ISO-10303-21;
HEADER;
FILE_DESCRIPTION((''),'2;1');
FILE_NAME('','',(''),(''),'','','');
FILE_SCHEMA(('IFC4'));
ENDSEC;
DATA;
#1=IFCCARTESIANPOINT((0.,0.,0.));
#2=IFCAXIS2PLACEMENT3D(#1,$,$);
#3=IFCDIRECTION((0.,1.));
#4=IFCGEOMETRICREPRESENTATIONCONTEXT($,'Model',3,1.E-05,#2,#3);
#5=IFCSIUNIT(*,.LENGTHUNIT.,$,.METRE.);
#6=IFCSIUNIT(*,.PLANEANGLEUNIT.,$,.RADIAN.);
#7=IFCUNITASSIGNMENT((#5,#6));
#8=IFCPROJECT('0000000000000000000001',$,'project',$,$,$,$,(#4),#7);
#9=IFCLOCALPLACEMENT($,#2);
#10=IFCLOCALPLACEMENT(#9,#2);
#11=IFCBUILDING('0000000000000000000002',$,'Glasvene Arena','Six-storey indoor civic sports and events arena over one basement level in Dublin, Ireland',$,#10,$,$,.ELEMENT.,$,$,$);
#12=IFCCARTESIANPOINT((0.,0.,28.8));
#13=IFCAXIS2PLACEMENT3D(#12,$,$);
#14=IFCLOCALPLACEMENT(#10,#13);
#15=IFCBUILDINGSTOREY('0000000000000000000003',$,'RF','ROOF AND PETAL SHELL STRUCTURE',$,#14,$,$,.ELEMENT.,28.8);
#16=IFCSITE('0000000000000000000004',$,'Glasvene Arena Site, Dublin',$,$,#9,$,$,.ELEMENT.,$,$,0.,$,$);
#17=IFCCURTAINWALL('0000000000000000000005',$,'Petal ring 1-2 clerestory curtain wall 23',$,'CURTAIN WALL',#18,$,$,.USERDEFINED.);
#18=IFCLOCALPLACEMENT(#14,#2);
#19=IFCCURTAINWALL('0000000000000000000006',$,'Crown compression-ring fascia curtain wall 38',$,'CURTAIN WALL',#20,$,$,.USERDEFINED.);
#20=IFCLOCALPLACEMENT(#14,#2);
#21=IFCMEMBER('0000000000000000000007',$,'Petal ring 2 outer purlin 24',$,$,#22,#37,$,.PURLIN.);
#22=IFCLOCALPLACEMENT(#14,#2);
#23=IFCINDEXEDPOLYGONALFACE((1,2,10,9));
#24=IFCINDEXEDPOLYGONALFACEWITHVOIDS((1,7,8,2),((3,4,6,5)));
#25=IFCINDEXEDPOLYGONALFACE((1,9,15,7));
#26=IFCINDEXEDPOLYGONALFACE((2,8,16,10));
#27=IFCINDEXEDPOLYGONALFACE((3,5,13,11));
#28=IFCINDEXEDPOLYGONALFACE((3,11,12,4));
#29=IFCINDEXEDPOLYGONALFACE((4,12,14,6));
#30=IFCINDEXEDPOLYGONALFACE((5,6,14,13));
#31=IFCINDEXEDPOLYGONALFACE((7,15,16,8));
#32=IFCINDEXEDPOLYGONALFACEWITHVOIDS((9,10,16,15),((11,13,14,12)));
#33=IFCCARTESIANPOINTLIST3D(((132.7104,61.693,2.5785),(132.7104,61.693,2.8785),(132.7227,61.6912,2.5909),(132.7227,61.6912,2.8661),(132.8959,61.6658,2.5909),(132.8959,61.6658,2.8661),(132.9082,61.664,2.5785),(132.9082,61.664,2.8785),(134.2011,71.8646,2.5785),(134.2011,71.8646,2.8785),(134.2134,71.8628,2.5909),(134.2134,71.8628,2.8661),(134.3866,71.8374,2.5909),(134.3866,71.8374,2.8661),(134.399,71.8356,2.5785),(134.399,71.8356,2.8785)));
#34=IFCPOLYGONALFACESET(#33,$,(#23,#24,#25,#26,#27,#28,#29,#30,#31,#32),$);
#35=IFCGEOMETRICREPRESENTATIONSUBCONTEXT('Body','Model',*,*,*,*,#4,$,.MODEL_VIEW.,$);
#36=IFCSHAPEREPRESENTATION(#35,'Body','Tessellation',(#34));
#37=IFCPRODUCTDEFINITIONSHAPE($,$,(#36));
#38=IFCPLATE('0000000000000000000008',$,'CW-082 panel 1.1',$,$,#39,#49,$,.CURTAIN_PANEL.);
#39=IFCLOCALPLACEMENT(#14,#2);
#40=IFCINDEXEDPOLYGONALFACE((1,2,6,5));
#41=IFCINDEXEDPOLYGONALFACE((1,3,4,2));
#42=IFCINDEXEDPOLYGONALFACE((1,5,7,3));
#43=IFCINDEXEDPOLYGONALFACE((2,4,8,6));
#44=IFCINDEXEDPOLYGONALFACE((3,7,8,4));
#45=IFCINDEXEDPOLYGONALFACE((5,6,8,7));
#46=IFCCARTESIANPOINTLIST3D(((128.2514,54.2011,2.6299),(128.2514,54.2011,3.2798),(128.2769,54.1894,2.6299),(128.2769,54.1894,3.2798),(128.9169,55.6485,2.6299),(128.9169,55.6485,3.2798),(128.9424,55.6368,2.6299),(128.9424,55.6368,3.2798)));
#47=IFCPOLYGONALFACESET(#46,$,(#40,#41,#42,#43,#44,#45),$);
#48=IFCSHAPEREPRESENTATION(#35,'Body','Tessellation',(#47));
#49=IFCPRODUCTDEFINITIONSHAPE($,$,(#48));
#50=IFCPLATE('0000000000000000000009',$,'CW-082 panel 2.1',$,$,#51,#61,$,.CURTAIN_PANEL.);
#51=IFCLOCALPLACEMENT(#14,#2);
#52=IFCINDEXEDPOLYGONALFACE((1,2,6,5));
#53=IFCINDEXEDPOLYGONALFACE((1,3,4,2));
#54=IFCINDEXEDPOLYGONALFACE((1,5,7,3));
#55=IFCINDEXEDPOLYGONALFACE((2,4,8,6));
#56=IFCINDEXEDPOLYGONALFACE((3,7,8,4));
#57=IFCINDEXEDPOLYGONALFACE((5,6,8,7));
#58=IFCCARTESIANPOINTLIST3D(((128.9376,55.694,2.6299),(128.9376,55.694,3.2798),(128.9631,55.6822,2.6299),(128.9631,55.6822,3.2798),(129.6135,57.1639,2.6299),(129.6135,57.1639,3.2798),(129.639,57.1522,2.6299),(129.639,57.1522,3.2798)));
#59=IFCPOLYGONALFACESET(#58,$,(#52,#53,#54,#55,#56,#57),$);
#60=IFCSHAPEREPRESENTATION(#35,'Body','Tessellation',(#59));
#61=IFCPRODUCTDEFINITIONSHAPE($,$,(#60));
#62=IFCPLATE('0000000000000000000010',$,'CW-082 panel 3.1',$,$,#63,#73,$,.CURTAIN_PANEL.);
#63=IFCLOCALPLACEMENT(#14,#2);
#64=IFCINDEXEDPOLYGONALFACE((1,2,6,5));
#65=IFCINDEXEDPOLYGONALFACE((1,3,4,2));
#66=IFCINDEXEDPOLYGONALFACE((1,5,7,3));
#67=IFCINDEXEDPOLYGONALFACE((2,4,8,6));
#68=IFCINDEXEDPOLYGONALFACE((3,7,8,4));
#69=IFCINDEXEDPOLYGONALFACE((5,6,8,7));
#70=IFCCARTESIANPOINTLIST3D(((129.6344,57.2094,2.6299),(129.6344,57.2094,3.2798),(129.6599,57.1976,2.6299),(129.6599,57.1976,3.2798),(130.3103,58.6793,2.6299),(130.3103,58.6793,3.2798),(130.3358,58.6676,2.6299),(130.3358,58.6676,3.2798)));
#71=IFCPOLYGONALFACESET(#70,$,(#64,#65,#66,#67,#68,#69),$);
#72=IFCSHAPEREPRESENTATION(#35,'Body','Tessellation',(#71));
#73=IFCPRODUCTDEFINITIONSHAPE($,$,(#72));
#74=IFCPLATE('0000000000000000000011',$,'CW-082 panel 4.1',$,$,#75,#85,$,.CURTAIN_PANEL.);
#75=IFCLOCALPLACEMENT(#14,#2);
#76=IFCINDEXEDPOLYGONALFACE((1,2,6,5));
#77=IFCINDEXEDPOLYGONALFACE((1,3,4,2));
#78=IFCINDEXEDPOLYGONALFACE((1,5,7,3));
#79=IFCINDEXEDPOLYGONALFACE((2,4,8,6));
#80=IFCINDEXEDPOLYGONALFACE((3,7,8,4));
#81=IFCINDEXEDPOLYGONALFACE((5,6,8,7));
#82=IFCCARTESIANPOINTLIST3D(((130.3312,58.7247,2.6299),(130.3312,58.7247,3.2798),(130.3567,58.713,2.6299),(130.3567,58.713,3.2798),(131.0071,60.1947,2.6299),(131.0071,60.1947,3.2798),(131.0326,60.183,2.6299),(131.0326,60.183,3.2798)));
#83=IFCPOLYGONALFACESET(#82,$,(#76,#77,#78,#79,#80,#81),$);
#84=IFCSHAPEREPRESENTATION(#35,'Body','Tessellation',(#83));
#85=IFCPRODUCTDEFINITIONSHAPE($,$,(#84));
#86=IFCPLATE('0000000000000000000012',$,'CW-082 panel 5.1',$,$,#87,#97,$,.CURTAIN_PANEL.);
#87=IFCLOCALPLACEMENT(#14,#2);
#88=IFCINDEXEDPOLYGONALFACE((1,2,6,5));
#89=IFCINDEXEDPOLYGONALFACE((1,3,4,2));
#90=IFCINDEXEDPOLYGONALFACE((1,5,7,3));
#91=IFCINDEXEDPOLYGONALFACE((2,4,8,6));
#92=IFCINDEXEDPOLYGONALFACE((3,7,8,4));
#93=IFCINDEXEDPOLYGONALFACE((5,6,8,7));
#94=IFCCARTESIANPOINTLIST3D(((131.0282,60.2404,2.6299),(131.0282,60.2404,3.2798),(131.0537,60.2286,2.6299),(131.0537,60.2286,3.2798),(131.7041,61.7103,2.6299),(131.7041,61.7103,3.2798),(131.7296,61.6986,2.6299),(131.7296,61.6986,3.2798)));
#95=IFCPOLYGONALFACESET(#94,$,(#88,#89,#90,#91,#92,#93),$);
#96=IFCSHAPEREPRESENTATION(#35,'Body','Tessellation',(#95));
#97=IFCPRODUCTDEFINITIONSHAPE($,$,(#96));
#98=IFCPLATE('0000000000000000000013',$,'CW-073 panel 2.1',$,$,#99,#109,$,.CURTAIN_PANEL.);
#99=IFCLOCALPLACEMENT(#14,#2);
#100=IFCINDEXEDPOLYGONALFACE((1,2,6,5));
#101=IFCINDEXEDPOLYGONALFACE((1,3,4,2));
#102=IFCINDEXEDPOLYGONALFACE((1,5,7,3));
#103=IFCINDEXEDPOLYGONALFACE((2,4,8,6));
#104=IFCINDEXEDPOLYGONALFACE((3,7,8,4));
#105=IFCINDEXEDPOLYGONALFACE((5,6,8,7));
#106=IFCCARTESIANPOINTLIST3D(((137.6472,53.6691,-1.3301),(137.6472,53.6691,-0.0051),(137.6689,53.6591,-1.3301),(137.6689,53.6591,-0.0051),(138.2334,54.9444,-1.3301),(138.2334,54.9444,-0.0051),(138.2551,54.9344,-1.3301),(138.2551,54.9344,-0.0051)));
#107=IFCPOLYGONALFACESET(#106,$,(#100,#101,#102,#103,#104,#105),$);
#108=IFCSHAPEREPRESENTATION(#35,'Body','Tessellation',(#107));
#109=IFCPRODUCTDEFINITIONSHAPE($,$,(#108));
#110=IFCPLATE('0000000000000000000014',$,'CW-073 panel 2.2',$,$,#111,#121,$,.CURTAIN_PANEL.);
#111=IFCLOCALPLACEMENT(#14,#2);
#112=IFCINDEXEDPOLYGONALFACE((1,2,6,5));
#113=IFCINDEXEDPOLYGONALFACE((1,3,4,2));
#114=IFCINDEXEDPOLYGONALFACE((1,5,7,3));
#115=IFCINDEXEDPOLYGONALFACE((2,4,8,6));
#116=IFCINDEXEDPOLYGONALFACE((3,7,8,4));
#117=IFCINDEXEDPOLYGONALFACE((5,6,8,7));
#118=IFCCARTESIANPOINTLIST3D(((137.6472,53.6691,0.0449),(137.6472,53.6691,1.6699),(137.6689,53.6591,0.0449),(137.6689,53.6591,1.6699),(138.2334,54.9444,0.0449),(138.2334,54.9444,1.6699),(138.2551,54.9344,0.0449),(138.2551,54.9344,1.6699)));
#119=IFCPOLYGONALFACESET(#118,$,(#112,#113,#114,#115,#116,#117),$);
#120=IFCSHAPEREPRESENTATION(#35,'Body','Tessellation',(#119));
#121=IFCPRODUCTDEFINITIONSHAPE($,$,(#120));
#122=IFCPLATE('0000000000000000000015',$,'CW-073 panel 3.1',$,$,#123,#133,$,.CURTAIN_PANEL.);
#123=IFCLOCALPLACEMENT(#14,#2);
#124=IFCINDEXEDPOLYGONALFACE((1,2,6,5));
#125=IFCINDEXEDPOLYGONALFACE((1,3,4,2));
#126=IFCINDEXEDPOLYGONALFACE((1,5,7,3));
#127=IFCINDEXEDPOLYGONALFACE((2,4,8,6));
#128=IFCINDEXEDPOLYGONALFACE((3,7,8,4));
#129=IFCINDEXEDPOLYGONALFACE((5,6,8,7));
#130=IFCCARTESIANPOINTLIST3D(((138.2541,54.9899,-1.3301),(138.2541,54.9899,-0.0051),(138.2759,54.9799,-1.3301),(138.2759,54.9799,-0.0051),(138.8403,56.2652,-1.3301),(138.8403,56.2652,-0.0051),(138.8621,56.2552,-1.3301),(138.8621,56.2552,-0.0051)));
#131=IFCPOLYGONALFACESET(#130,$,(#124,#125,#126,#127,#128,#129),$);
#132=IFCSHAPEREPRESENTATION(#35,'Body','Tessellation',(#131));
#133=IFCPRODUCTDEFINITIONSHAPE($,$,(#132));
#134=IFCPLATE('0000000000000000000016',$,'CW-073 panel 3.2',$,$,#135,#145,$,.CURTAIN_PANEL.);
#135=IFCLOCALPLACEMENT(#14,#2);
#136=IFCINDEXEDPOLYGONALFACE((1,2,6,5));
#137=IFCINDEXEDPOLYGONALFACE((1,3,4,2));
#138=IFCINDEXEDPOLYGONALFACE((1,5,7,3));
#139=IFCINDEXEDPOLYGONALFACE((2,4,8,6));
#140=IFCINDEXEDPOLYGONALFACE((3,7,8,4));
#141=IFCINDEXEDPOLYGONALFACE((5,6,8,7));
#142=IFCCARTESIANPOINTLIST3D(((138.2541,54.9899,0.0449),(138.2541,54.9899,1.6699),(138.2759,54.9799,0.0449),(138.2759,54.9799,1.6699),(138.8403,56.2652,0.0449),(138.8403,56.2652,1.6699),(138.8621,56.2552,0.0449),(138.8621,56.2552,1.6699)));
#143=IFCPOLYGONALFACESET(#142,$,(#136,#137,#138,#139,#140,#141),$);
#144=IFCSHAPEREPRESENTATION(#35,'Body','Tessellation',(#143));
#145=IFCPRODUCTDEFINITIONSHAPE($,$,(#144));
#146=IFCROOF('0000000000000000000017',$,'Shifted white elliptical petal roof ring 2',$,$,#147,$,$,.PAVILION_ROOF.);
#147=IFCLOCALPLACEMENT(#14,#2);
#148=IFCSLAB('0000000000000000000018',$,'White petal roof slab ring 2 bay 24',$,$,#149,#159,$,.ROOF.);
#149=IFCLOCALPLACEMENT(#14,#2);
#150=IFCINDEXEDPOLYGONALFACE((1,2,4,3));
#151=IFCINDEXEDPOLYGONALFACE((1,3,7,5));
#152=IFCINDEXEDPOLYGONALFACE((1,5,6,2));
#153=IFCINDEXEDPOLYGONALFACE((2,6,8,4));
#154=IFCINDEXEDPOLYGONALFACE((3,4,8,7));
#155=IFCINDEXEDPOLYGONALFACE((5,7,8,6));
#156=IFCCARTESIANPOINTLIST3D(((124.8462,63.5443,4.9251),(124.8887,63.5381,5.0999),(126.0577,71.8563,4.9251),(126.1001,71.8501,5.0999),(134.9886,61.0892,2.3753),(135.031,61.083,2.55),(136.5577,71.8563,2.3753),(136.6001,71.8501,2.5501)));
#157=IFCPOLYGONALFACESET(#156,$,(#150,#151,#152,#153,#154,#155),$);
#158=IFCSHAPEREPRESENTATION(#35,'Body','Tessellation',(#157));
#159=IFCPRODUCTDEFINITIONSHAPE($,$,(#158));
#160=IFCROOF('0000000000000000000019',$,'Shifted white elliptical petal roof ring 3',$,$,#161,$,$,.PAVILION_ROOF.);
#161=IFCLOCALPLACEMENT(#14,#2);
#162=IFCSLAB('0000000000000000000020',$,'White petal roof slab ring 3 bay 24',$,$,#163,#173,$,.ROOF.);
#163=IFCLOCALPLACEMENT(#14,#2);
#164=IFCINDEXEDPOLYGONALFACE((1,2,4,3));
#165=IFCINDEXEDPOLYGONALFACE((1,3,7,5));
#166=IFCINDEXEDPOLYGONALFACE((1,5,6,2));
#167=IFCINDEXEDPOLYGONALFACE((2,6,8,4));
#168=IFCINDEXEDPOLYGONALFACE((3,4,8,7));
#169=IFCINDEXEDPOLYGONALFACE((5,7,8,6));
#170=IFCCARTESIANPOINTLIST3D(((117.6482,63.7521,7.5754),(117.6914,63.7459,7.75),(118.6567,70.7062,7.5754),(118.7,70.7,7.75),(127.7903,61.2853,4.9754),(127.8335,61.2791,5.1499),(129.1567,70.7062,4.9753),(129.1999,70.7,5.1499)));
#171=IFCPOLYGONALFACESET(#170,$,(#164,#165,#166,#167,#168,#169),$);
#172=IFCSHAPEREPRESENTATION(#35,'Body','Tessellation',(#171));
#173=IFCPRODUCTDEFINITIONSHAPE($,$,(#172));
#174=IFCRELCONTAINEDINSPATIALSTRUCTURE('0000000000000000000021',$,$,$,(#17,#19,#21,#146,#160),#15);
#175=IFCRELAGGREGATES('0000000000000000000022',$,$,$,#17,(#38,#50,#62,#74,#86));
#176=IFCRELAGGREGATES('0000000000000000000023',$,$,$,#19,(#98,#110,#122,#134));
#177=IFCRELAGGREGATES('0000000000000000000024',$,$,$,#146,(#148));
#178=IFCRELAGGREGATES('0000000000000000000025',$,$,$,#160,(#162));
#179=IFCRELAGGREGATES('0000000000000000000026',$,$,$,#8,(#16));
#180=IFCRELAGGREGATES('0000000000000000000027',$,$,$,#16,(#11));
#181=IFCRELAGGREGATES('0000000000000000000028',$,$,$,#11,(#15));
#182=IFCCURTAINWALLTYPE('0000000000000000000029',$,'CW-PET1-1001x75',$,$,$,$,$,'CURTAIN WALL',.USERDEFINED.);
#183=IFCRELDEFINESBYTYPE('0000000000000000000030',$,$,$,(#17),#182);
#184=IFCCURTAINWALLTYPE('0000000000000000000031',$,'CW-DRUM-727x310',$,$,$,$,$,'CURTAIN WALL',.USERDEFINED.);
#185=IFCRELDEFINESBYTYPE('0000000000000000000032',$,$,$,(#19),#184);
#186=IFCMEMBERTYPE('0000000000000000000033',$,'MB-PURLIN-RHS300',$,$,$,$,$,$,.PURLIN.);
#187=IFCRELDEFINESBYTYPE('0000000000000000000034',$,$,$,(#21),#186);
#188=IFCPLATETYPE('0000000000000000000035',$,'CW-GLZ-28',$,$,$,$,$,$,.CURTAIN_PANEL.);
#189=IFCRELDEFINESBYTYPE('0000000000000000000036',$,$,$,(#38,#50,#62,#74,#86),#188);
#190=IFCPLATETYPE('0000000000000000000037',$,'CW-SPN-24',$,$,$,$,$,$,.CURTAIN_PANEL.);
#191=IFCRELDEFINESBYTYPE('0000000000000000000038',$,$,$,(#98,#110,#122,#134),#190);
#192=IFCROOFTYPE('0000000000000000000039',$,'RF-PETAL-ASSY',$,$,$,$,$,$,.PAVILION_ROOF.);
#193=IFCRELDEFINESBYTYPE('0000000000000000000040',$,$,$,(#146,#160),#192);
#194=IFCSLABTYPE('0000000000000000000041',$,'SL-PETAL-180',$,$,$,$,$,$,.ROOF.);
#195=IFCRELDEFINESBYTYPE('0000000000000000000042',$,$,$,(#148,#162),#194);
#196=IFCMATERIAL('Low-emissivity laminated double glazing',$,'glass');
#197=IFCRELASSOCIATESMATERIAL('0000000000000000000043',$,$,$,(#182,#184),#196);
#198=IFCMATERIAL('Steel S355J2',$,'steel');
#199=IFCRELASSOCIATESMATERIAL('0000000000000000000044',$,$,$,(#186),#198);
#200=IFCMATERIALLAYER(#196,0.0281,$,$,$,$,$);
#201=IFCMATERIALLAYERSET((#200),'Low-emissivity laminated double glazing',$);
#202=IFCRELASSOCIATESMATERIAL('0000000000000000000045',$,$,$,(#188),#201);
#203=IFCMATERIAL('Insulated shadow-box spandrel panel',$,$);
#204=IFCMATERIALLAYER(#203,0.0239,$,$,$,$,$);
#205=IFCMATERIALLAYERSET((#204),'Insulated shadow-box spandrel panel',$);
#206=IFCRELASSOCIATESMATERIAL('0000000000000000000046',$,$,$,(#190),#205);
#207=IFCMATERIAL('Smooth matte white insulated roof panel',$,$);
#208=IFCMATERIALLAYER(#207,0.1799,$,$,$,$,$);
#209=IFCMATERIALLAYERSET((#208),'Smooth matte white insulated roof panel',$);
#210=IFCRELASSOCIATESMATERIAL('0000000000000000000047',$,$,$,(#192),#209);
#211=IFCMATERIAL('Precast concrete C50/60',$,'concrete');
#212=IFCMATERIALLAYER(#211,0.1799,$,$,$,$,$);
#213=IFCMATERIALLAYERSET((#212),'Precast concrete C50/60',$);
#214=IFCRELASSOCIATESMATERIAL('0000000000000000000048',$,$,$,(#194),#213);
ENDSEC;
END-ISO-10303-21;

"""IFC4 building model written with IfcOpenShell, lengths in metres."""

from ifc_helpers import new_model, si_unit, direction, frame, origin, origin_2d, place, context, subcontext, project, spatial, polyline, rectangle, hollow_rectangle, outline, extrude, material, layer, layer_set, material_profile, profile_set, type_object, element, aggregate, save


model = new_model("IFC4")

# Units and contexts
model_context = context("Model", 3, precision=1e-05, world=origin(), true_north=direction((0.0, 1.0)))
body_context = subcontext(model_context, "Body", "Model", "MODEL_VIEW")
ifc_project = project(units=[si_unit("LENGTHUNIT", "METRE"), si_unit("PLANEANGLEUNIT", "RADIAN")], contexts=[model_context])

# Site, building, storey
site_placement = place(None, origin())
site = spatial("IfcSite", under=ifc_project, at=site_placement, Name="Glasvene Arena Site, Dublin", CompositionType="ELEMENT", RefElevation=0.0)
building_placement = place(site_placement, origin())
building = spatial("IfcBuilding", under=site, at=building_placement, Name="Glasvene Arena", Description="Six-storey indoor civic sports and events arena over one basement level in Dublin, Ireland", CompositionType="ELEMENT")
storey_placement = place(building_placement, frame((0.0, 0.0, 28.8)))
storey = spatial("IfcBuildingStorey", under=building, at=storey_placement, Name="RF", Description="ROOF AND PETAL SHELL STRUCTURE", CompositionType="ELEMENT", Elevation=28.8)

# Curtain wall
ifc_material_1 = material(Name="Low-emissivity laminated double glazing", Category="glass")
curtain_wall_type_1 = type_object("IfcCurtainWallType", Name="CW-PET1-1001x75", ElementType="CURTAIN WALL", PredefinedType="USERDEFINED", material=ifc_material_1)
curtain_wall_1_placement = place(storey_placement, frame((128.2432, 54.1499, 0.0)))
curtain_wall_1 = element("IfcCurtainWall", 1, at=curtain_wall_1_placement, inside=storey, type_object=curtain_wall_type_1, Name="Petal ring 1-2 clerestory curtain wall 23", ObjectType="CURTAIN WALL", PredefinedType="USERDEFINED")

# Curtain wall
curtain_wall_type_2 = type_object("IfcCurtainWallType", Name="CW-DRUM-727x310", ElementType="CURTAIN WALL", PredefinedType="USERDEFINED", material=ifc_material_1)
curtain_wall_2_placement = place(storey_placement, frame((137.0403, 52.3208, 0.0)))
curtain_wall_2 = element("IfcCurtainWall", 2, at=curtain_wall_2_placement, inside=storey, type_object=curtain_wall_type_2, Name="Crown compression-ring fascia curtain wall 38", ObjectType="CURTAIN WALL", PredefinedType="USERDEFINED")

# Member
ifc_material_2 = material(Name="Steel S355J2", Category="steel")
ifc_material_profile_1 = material_profile(ifc_material_2, hollow_rectangle(XDim=0.2, YDim=0.3, WallThickness=0.0125, at=origin_2d()), Name="RHS 300x200x12.5")
ifc_profile_set_1 = profile_set([ifc_material_profile_1], Name="Steel S355J2")
member_type_1 = type_object("IfcMemberType", Name="MB-PURLIN-RHS300", PredefinedType="PURLIN", material=ifc_profile_set_1)
member_1_placement = place(storey_placement, frame((132.8093, 61.6785, 2.7285), z_axis=(0.145008, 0.989431, 0.0), x_axis=(-0.989431, 0.145008, 0.0)))
element("IfcMember", 3, at=member_1_placement, inside=storey, type_object=member_type_1, Name="Petal ring 2 outer purlin 24", PredefinedType="PURLIN", context=body_context, shape_type="SweptSolid", body=[
    extrude(hollow_rectangle(XDim=0.2, YDim=0.3, WallThickness=0.0125, at=origin_2d()), origin(), (0.0, 0.0, 1.0), 10.2803),
])

# Plates
ifc_layer_1 = layer(ifc_material_1, 0.0281)
ifc_layer_set_1 = layer_set([ifc_layer_1], Name="Low-emissivity laminated double glazing")
plate_type_1 = type_object("IfcPlateType", Name="CW-GLZ-28", PredefinedType="CURTAIN_PANEL", material=ifc_layer_set_1)
plate_1_placement = place(storey_placement, frame((128.5969, 54.9189, 2.6299), z_axis=(0.0, 0.0, 1.0), x_axis=(0.417761, 0.908557, 0.0)))
plate_1 = element("IfcPlate", 4, at=plate_1_placement, type_object=plate_type_1, Name="CW-082 panel 1.1", PredefinedType="CURTAIN_PANEL", context=body_context, shape_type="SweptSolid", body=[
    extrude(rectangle(XDim=1.593, YDim=0.0281, at=origin_2d()), origin(), (0.0, 0.0, 1.0), 0.6499),
])
plate_2_placement = place(storey_placement, frame((129.2883, 56.4231, 2.6299), z_axis=(0.0, 0.0, 1.0), x_axis=(0.417761, 0.908557, 0.0)))
plate_2 = element("IfcPlate", 5, at=plate_2_placement, type_object=plate_type_1, Name="CW-082 panel 2.1", PredefinedType="CURTAIN_PANEL", context=body_context, shape_type="SweptSolid", body=[
    extrude(rectangle(XDim=1.6179, YDim=0.0281, at=origin_2d()), origin(), (0.0, 0.0, 1.0), 0.6499),
])
plate_3_placement = place(storey_placement, frame((129.9851, 57.9385, 2.6299), z_axis=(0.0, 0.0, 1.0), x_axis=(0.417761, 0.908557, 0.0)))
plate_3 = element("IfcPlate", 6, at=plate_3_placement, type_object=plate_type_1, Name="CW-082 panel 3.1", PredefinedType="CURTAIN_PANEL", context=body_context, shape_type="SweptSolid", body=[
    extrude(rectangle(XDim=1.6179, YDim=0.0281, at=origin_2d()), origin(), (0.0, 0.0, 1.0), 0.6499),
])
plate_4_placement = place(storey_placement, frame((130.6819, 59.4539, 2.6299), z_axis=(0.0, 0.0, 1.0), x_axis=(0.417761, 0.908557, 0.0)))
plate_4 = element("IfcPlate", 7, at=plate_4_placement, type_object=plate_type_1, Name="CW-082 panel 4.1", PredefinedType="CURTAIN_PANEL", context=body_context, shape_type="SweptSolid", body=[
    extrude(rectangle(XDim=1.6179, YDim=0.0281, at=origin_2d()), origin(), (0.0, 0.0, 1.0), 0.6499),
])
plate_5_placement = place(storey_placement, frame((131.3789, 60.9695, 2.6299), z_axis=(0.0, 0.0, 1.0), x_axis=(0.417761, 0.908557, 0.0)))
plate_5 = element("IfcPlate", 8, at=plate_5_placement, type_object=plate_type_1, Name="CW-082 panel 5.1", PredefinedType="CURTAIN_PANEL", context=body_context, shape_type="SweptSolid", body=[
    extrude(rectangle(XDim=1.6179, YDim=0.0281, at=origin_2d()), origin(), (0.0, 0.0, 1.0), 0.6499),
])
aggregate(curtain_wall_1, [plate_1, plate_2, plate_3, plate_4, plate_5])
ifc_material_3 = material(Name="Insulated shadow-box spandrel panel")
ifc_layer_2 = layer(ifc_material_3, 0.0239)
ifc_layer_set_2 = layer_set([ifc_layer_2], Name="Insulated shadow-box spandrel panel")
plate_type_2 = type_object("IfcPlateType", Name="CW-SPN-24", PredefinedType="CURTAIN_PANEL", material=ifc_layer_set_2)
plate_6_placement = place(storey_placement, frame((137.9512, 54.3018, -1.3301), z_axis=(0.0, 0.0, 1.0), x_axis=(0.417661, 0.908603, 0.0)))
plate_6 = element("IfcPlate", 9, at=plate_6_placement, type_object=plate_type_2, Name="CW-073 panel 2.1", PredefinedType="CURTAIN_PANEL", context=body_context, shape_type="SweptSolid", body=[
    extrude(rectangle(XDim=1.4036, YDim=0.0239, at=origin_2d()), origin(), (0.0, 0.0, 1.0), 1.325),
])
plate_7_placement = place(storey_placement, frame((137.9512, 54.3018, 0.0449), z_axis=(0.0, 0.0, 1.0), x_axis=(0.417661, 0.908603, 0.0)))
plate_7 = element("IfcPlate", 10, at=plate_7_placement, type_object=plate_type_2, Name="CW-073 panel 2.2", PredefinedType="CURTAIN_PANEL", context=body_context, shape_type="SweptSolid", body=[
    extrude(rectangle(XDim=1.4036, YDim=0.0239, at=origin_2d()), origin(), (0.0, 0.0, 1.0), 1.625),
])
plate_8_placement = place(storey_placement, frame((138.5581, 55.6226, -1.3301), z_axis=(0.0, 0.0, 1.0), x_axis=(0.417661, 0.908603, 0.0)))
plate_8 = element("IfcPlate", 11, at=plate_8_placement, type_object=plate_type_2, Name="CW-073 panel 3.1", PredefinedType="CURTAIN_PANEL", context=body_context, shape_type="SweptSolid", body=[
    extrude(rectangle(XDim=1.4036, YDim=0.0239, at=origin_2d()), origin(), (0.0, 0.0, 1.0), 1.325),
])
plate_9_placement = place(storey_placement, frame((138.5581, 55.6226, 0.0449), z_axis=(0.0, 0.0, 1.0), x_axis=(0.417661, 0.908603, 0.0)))
plate_9 = element("IfcPlate", 12, at=plate_9_placement, type_object=plate_type_2, Name="CW-073 panel 3.2", PredefinedType="CURTAIN_PANEL", context=body_context, shape_type="SweptSolid", body=[
    extrude(rectangle(XDim=1.4036, YDim=0.0239, at=origin_2d()), origin(), (0.0, 0.0, 1.0), 1.625),
])
aggregate(curtain_wall_2, [plate_6, plate_7, plate_8, plate_9])

# Roofs, slabs
ifc_material_4 = material(Name="Smooth matte white insulated roof panel")
ifc_layer_3 = layer(ifc_material_4, 0.1799)
ifc_layer_set_3 = layer_set([ifc_layer_3], Name="Smooth matte white insulated roof panel")
roof_type = type_object("IfcRoofType", Name="RF-PETAL-ASSY", PredefinedType="PAVILION_ROOF", material=ifc_layer_set_3)
roof_1_placement = place(storey_placement, frame((90.55, 71.8501, 2.55)))
roof_1 = element("IfcRoof", 13, at=roof_1_placement, inside=storey, type_object=roof_type, Name="Shifted white elliptical petal roof ring 2", PredefinedType="PAVILION_ROOF")
ifc_material_5 = material(Name="Precast concrete C50/60", Category="concrete")
ifc_layer_4 = layer(ifc_material_5, 0.1799)
ifc_layer_set_4 = layer_set([ifc_layer_4], Name="Precast concrete C50/60")
slab_type = type_object("IfcSlabType", Name="SL-PETAL-180", PredefinedType="ROOF", material=ifc_layer_set_4)
slab_1_placement = place(storey_placement, frame((135.031, 61.083, 2.55), z_axis=(0.235839, -0.03437, 0.971184), x_axis=(0.144207, 0.989547, 0.000001)))
slab_1 = element("IfcSlab", 14, at=slab_1_placement, type_object=slab_type, Name="White petal roof slab ring 2 bay 24", PredefinedType="ROOF", context=body_context, shape_type="SweptSolid", body=[
    extrude(outline(polyline([(0.0, 0.0), (10.8808, 0.0), (9.3666, 10.6985), (0.9668, 10.6986), (0.0, 0.0)])), origin(), (0.0, 0.0, -1.0), 0.1799),
])
aggregate(roof_1, [slab_1])
roof_2_placement = place(storey_placement, frame((89.1001, 70.7, 5.1499)))
roof_2 = element("IfcRoof", 15, at=roof_2_placement, inside=storey, type_object=roof_type, Name="Shifted white elliptical petal roof ring 3", PredefinedType="PAVILION_ROOF")
slab_2_placement = place(storey_placement, frame((127.8335, 61.2791, 5.1499), z_axis=(0.240224, -0.034842, 0.970092), x_axis=(0.143543, 0.989644, -0.000002)))
slab_2 = element("IfcSlab", 16, at=slab_2_placement, type_object=slab_type, Name="White petal roof slab ring 3 bay 24", PredefinedType="ROOF", context=body_context, shape_type="SweptSolid", body=[
    extrude(outline(polyline([(0.0, 0.0), (9.5195, 0.0), (8.0123, 10.7116), (0.9854, 10.7115), (0.0, 0.0)])), origin(), (0.0, 0.0, -1.0), 0.1799),
])
aggregate(roof_2, [slab_2])

save(model, "model.ifc")
